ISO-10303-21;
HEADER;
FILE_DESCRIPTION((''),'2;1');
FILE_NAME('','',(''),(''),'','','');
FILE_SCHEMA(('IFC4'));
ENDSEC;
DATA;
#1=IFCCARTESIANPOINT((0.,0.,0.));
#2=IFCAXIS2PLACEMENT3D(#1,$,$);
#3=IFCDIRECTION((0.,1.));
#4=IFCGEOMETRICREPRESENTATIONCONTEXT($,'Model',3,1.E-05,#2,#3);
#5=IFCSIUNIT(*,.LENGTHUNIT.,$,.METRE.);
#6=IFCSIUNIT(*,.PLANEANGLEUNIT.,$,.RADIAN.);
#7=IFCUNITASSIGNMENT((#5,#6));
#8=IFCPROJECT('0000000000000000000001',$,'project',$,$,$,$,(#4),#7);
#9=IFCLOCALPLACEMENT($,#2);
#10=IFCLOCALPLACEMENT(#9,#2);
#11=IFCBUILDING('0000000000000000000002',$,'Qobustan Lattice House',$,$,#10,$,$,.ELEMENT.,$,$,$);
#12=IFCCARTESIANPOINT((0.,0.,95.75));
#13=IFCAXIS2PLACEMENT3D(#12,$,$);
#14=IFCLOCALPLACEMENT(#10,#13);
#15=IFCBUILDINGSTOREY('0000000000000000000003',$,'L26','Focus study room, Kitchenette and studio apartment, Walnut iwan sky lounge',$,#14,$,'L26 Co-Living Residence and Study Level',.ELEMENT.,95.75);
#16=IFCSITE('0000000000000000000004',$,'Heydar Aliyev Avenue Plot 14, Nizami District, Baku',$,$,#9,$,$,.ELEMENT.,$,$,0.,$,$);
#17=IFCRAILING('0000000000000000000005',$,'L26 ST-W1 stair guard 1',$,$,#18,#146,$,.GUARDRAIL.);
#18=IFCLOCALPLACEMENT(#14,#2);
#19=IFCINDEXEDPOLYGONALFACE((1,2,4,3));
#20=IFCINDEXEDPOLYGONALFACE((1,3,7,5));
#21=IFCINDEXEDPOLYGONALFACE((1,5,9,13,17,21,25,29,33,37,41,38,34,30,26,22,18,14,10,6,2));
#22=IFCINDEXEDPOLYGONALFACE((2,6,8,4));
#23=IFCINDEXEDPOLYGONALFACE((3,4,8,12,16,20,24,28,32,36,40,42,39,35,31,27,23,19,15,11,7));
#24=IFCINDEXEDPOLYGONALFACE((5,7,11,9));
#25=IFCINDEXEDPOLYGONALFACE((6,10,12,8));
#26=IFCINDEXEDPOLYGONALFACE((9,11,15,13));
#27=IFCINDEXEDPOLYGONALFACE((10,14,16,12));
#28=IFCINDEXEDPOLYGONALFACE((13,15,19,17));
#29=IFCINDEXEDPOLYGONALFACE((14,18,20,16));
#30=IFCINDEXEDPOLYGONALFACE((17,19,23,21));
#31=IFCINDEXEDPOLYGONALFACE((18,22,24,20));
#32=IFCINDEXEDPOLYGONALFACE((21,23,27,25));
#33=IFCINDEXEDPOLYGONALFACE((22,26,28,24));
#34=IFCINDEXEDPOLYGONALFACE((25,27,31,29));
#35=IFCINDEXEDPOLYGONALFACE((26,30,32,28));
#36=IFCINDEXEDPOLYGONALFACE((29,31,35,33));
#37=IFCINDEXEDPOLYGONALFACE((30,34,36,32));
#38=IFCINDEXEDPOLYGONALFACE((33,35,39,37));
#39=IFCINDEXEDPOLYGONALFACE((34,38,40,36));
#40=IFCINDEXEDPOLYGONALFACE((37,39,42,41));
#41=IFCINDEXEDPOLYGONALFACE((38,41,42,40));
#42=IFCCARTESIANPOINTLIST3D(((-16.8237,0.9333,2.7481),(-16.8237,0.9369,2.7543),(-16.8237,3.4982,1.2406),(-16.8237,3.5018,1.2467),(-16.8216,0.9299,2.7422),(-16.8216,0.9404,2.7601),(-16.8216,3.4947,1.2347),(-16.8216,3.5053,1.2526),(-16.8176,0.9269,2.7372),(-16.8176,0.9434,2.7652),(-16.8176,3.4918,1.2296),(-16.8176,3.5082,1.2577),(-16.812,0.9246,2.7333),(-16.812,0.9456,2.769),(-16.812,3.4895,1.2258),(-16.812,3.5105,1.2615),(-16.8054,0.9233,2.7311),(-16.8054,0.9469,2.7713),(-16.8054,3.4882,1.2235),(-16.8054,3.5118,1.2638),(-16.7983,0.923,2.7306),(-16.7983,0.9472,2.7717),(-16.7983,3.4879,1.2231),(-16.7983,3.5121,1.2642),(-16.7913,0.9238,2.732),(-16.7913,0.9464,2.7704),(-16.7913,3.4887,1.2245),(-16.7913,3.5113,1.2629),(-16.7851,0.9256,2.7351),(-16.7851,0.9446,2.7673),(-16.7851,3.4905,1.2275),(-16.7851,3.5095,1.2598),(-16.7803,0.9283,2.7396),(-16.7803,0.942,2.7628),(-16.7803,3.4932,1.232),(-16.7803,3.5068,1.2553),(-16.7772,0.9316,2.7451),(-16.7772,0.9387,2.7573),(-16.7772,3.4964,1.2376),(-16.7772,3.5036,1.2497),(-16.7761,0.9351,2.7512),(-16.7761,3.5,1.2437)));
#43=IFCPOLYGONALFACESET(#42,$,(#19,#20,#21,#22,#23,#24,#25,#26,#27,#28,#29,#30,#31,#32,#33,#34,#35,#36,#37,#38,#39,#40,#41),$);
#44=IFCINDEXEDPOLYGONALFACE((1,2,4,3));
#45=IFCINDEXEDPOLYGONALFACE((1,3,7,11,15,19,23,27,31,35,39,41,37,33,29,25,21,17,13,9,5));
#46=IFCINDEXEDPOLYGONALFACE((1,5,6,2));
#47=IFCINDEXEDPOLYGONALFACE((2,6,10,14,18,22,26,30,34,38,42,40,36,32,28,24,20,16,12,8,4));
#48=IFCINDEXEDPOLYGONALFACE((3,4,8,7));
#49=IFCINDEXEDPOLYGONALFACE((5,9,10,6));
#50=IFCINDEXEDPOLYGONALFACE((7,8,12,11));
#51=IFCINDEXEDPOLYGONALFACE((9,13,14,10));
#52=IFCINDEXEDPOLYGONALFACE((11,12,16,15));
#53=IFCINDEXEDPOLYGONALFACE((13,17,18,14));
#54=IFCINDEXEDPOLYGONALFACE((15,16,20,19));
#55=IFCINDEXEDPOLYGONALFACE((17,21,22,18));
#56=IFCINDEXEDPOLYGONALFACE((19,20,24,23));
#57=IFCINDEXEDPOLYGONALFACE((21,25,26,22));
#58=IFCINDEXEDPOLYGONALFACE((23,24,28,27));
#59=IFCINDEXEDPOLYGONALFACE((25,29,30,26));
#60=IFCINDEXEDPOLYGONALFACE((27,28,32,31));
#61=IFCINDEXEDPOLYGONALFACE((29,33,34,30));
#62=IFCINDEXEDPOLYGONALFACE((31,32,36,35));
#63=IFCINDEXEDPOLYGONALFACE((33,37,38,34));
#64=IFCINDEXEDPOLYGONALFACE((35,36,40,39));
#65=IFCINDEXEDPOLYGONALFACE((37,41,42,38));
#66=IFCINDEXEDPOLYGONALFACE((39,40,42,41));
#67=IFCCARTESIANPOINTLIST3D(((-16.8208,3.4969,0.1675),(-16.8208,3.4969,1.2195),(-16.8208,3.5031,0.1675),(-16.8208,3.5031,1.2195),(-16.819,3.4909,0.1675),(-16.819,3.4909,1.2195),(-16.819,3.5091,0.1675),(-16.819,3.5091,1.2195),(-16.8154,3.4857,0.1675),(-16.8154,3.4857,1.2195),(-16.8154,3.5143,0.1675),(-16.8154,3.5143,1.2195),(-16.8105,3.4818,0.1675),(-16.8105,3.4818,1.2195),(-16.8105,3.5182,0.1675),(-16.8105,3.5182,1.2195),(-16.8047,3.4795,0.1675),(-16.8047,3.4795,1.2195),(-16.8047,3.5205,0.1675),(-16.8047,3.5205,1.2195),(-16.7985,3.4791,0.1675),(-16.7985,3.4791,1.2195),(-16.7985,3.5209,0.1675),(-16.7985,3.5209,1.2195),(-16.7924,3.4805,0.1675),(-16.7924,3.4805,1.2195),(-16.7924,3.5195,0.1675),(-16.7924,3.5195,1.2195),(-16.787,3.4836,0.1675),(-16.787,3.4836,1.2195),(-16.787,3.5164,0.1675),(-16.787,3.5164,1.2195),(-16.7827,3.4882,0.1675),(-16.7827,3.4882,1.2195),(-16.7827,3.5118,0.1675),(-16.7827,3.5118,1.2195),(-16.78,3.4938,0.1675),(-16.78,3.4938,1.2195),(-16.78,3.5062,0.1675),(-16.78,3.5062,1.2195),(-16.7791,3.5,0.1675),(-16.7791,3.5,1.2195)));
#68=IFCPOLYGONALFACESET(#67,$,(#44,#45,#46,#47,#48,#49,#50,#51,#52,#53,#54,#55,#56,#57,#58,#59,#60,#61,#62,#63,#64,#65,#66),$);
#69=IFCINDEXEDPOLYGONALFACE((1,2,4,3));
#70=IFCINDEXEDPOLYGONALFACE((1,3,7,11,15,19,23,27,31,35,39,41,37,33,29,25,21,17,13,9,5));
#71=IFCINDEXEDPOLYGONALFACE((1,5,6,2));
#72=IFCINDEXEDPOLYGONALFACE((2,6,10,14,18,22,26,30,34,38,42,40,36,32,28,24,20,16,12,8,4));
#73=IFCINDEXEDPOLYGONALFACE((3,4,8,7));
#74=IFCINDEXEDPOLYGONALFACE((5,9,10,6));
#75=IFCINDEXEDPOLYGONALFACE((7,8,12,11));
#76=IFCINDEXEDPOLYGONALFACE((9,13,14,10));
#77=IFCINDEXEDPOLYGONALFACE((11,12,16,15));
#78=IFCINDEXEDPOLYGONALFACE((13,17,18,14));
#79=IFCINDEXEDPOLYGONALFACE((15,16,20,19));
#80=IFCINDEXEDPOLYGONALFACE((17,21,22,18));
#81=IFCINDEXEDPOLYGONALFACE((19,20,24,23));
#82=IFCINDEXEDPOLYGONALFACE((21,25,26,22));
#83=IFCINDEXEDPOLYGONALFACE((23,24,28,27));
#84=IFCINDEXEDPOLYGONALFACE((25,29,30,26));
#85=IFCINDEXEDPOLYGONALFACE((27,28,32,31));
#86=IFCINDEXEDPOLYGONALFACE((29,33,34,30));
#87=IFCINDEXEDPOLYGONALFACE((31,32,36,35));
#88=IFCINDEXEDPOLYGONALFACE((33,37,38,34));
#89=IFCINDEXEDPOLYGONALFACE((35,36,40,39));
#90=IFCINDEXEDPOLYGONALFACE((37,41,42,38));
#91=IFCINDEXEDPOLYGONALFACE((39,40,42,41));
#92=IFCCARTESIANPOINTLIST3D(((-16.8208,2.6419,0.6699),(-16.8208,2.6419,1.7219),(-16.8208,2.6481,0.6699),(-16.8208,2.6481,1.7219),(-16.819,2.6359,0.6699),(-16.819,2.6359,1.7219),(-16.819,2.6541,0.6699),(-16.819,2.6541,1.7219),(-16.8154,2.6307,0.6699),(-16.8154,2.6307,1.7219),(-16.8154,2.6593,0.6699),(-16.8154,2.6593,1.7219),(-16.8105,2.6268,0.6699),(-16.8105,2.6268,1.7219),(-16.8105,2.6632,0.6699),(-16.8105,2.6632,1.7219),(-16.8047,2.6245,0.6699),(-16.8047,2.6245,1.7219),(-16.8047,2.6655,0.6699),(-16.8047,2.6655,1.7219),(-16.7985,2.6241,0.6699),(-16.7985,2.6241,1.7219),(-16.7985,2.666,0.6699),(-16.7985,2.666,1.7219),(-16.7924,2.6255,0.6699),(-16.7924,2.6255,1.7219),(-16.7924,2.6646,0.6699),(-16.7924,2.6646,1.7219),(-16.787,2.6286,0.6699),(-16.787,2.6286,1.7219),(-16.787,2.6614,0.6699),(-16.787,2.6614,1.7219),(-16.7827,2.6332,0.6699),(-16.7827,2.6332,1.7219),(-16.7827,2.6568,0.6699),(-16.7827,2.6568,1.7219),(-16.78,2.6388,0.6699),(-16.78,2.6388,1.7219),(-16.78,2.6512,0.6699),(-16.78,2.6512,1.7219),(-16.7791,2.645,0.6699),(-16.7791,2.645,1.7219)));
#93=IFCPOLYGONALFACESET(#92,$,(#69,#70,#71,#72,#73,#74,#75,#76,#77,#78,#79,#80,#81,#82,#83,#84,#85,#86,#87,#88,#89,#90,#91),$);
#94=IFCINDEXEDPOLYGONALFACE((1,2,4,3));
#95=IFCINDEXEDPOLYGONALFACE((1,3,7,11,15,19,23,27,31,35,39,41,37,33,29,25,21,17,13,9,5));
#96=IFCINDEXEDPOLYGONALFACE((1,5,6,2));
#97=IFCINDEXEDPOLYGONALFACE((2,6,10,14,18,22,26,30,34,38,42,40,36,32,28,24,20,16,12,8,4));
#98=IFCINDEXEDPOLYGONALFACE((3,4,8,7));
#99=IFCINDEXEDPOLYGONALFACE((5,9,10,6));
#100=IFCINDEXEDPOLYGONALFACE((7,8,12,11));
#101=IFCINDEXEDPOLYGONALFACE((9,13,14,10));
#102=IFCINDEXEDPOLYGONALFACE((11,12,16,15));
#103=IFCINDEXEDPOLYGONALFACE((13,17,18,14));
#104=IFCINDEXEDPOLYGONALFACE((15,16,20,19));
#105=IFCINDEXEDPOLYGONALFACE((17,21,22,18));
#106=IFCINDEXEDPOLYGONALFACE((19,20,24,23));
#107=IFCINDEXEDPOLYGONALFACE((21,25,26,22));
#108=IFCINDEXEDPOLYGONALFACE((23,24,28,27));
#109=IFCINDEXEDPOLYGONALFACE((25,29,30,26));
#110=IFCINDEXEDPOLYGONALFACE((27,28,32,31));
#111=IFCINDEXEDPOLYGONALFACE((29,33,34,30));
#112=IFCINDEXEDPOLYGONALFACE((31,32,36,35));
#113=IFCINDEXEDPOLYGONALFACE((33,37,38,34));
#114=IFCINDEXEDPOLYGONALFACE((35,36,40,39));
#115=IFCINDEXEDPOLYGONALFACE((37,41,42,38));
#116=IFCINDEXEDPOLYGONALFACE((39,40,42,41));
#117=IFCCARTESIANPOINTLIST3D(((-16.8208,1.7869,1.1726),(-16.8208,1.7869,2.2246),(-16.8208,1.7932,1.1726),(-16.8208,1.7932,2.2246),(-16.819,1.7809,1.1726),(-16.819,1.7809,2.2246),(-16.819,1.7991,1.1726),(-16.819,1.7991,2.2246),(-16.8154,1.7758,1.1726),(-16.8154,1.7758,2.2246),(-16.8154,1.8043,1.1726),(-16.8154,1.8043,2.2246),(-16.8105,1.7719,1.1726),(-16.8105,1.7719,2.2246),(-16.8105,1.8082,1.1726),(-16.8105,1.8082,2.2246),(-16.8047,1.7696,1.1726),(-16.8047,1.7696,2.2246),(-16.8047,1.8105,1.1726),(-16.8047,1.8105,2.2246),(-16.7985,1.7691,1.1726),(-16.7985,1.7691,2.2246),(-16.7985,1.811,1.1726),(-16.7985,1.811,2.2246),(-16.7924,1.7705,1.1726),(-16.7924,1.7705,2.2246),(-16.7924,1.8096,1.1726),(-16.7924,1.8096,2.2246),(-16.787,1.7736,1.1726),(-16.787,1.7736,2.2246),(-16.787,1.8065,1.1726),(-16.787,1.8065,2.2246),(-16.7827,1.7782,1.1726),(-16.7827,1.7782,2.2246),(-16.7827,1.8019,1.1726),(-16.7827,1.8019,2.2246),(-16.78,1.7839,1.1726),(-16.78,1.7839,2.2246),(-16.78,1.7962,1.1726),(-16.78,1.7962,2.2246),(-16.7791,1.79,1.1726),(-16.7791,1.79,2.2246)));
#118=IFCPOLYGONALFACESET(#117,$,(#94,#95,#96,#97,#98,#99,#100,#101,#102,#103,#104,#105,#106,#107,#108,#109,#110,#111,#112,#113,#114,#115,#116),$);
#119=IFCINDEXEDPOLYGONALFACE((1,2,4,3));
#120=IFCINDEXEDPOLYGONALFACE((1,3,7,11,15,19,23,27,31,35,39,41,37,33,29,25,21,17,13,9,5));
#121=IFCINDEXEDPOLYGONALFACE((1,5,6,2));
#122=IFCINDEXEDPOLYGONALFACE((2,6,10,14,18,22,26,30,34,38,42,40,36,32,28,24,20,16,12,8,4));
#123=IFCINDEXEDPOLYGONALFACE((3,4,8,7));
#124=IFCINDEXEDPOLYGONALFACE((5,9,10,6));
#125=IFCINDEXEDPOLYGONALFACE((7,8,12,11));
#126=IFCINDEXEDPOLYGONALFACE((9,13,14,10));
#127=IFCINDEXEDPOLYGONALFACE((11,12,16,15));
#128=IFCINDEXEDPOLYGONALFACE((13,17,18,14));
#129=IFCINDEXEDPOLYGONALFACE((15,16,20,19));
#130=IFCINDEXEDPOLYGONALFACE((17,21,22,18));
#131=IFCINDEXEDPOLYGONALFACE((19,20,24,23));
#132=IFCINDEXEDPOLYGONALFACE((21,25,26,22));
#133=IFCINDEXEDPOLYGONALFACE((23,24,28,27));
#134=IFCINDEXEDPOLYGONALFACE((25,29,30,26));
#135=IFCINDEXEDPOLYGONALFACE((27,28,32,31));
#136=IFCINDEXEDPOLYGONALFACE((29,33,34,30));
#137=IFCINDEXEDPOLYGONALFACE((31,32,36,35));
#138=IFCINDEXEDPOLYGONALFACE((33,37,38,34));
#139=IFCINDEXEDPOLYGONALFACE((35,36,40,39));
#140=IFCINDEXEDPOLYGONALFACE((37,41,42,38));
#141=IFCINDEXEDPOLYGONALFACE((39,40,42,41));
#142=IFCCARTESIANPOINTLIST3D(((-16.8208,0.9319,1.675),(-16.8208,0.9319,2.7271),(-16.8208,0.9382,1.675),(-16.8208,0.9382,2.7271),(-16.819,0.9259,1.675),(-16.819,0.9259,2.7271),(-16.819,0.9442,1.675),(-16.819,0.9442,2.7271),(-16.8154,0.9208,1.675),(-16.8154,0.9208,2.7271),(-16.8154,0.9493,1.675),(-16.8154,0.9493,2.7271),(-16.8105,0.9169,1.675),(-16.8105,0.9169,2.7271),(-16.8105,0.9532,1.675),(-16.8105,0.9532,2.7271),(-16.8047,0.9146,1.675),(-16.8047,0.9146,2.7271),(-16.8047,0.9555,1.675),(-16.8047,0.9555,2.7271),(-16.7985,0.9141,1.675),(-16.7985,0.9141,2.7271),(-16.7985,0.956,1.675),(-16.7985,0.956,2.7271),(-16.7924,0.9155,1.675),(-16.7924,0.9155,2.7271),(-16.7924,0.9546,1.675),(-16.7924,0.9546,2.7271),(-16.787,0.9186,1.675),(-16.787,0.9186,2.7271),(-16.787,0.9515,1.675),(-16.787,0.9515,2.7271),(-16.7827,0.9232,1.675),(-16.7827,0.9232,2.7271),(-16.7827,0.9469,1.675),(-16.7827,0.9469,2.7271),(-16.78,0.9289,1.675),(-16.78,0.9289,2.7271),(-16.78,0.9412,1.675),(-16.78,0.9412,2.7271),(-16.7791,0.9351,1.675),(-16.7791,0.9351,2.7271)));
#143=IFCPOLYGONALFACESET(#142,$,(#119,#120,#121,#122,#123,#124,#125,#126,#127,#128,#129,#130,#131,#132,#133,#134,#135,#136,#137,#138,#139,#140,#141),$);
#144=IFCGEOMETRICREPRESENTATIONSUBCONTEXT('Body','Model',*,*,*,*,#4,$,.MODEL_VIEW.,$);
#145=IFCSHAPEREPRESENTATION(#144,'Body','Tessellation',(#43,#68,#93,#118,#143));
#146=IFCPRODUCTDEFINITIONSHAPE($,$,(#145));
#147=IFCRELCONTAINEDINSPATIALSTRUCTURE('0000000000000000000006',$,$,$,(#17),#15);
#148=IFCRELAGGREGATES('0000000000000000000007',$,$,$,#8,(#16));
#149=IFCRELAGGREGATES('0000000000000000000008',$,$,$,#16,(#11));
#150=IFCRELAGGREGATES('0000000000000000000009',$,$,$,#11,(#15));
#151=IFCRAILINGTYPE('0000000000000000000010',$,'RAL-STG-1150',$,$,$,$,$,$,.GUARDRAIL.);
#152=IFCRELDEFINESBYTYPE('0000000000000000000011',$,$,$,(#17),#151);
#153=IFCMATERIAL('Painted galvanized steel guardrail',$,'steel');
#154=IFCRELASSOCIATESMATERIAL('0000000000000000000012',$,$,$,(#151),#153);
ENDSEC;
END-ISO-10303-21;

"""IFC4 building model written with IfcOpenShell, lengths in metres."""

from ifc_helpers import new_model, si_unit, direction, frame, origin, origin_2d, place, context, subcontext, project, spatial, circle, extrude, material, type_object, element, save


model = new_model("IFC4")

# Units and contexts
model_context = context("Model", 3, precision=1e-05, world=origin(), true_north=direction((0.0, 1.0)))
body_context = subcontext(model_context, "Body", "Model", "MODEL_VIEW")
ifc_project = project(units=[si_unit("LENGTHUNIT", "METRE"), si_unit("PLANEANGLEUNIT", "RADIAN")], contexts=[model_context])

# Site, building, storey
site_placement = place(None, origin())
site = spatial("IfcSite", under=ifc_project, at=site_placement, Name="Heydar Aliyev Avenue Plot 14, Nizami District, Baku", CompositionType="ELEMENT", RefElevation=0.0)
building_placement = place(site_placement, origin())
building = spatial("IfcBuilding", under=site, at=building_placement, Name="Qobustan Lattice House", CompositionType="ELEMENT")
storey_placement = place(building_placement, frame((0.0, 0.0, 95.75)))
storey = spatial("IfcBuildingStorey", under=building, at=storey_placement, Name="L26", Description="Focus study room, Kitchenette and studio apartment, Walnut iwan sky lounge", LongName="L26 Co-Living Residence and Study Level", CompositionType="ELEMENT", Elevation=95.75)

# Railing
ifc_material_1 = material(Name="Painted galvanized steel guardrail", Category="steel")
railing_type_1 = type_object("IfcRailingType", Name="RAL-STG-1150", PredefinedType="GUARDRAIL", material=ifc_material_1)
railing_1_placement = place(storey_placement, frame((-16.8, 3.5, 0.1675)))
element("IfcRailing", 1, at=railing_1_placement, inside=storey, type_object=railing_type_1, Name="L26 ST-W1 stair guard 1", PredefinedType="GUARDRAIL", context=body_context, shape_type="SweptSolid", body=[
    extrude(circle(Radius=0.0239, at=origin_2d()), frame((0.0, 0.0, 1.0762), z_axis=(0.0, -0.862113, 0.506715), x_axis=(1.0, 0.0, 0.0)), (0.0, 0.0, 1.0), 2.9751),
    extrude(circle(Radius=0.021, at=origin_2d()), origin(), (0.0, 0.0, 1.0), 1.052),
    extrude(circle(Radius=0.021, at=origin_2d()), frame((0.0, -0.855, 0.5024)), (0.0, 0.0, 1.0), 1.052),
    extrude(circle(Radius=0.021, at=origin_2d()), frame((0.0, -1.71, 1.0051)), (0.0, 0.0, 1.0), 1.052),
    extrude(circle(Radius=0.021, at=origin_2d()), frame((0.0, -2.5649, 1.5076)), (0.0, 0.0, 1.0), 1.052),
])

save(model, "model.ifc")
